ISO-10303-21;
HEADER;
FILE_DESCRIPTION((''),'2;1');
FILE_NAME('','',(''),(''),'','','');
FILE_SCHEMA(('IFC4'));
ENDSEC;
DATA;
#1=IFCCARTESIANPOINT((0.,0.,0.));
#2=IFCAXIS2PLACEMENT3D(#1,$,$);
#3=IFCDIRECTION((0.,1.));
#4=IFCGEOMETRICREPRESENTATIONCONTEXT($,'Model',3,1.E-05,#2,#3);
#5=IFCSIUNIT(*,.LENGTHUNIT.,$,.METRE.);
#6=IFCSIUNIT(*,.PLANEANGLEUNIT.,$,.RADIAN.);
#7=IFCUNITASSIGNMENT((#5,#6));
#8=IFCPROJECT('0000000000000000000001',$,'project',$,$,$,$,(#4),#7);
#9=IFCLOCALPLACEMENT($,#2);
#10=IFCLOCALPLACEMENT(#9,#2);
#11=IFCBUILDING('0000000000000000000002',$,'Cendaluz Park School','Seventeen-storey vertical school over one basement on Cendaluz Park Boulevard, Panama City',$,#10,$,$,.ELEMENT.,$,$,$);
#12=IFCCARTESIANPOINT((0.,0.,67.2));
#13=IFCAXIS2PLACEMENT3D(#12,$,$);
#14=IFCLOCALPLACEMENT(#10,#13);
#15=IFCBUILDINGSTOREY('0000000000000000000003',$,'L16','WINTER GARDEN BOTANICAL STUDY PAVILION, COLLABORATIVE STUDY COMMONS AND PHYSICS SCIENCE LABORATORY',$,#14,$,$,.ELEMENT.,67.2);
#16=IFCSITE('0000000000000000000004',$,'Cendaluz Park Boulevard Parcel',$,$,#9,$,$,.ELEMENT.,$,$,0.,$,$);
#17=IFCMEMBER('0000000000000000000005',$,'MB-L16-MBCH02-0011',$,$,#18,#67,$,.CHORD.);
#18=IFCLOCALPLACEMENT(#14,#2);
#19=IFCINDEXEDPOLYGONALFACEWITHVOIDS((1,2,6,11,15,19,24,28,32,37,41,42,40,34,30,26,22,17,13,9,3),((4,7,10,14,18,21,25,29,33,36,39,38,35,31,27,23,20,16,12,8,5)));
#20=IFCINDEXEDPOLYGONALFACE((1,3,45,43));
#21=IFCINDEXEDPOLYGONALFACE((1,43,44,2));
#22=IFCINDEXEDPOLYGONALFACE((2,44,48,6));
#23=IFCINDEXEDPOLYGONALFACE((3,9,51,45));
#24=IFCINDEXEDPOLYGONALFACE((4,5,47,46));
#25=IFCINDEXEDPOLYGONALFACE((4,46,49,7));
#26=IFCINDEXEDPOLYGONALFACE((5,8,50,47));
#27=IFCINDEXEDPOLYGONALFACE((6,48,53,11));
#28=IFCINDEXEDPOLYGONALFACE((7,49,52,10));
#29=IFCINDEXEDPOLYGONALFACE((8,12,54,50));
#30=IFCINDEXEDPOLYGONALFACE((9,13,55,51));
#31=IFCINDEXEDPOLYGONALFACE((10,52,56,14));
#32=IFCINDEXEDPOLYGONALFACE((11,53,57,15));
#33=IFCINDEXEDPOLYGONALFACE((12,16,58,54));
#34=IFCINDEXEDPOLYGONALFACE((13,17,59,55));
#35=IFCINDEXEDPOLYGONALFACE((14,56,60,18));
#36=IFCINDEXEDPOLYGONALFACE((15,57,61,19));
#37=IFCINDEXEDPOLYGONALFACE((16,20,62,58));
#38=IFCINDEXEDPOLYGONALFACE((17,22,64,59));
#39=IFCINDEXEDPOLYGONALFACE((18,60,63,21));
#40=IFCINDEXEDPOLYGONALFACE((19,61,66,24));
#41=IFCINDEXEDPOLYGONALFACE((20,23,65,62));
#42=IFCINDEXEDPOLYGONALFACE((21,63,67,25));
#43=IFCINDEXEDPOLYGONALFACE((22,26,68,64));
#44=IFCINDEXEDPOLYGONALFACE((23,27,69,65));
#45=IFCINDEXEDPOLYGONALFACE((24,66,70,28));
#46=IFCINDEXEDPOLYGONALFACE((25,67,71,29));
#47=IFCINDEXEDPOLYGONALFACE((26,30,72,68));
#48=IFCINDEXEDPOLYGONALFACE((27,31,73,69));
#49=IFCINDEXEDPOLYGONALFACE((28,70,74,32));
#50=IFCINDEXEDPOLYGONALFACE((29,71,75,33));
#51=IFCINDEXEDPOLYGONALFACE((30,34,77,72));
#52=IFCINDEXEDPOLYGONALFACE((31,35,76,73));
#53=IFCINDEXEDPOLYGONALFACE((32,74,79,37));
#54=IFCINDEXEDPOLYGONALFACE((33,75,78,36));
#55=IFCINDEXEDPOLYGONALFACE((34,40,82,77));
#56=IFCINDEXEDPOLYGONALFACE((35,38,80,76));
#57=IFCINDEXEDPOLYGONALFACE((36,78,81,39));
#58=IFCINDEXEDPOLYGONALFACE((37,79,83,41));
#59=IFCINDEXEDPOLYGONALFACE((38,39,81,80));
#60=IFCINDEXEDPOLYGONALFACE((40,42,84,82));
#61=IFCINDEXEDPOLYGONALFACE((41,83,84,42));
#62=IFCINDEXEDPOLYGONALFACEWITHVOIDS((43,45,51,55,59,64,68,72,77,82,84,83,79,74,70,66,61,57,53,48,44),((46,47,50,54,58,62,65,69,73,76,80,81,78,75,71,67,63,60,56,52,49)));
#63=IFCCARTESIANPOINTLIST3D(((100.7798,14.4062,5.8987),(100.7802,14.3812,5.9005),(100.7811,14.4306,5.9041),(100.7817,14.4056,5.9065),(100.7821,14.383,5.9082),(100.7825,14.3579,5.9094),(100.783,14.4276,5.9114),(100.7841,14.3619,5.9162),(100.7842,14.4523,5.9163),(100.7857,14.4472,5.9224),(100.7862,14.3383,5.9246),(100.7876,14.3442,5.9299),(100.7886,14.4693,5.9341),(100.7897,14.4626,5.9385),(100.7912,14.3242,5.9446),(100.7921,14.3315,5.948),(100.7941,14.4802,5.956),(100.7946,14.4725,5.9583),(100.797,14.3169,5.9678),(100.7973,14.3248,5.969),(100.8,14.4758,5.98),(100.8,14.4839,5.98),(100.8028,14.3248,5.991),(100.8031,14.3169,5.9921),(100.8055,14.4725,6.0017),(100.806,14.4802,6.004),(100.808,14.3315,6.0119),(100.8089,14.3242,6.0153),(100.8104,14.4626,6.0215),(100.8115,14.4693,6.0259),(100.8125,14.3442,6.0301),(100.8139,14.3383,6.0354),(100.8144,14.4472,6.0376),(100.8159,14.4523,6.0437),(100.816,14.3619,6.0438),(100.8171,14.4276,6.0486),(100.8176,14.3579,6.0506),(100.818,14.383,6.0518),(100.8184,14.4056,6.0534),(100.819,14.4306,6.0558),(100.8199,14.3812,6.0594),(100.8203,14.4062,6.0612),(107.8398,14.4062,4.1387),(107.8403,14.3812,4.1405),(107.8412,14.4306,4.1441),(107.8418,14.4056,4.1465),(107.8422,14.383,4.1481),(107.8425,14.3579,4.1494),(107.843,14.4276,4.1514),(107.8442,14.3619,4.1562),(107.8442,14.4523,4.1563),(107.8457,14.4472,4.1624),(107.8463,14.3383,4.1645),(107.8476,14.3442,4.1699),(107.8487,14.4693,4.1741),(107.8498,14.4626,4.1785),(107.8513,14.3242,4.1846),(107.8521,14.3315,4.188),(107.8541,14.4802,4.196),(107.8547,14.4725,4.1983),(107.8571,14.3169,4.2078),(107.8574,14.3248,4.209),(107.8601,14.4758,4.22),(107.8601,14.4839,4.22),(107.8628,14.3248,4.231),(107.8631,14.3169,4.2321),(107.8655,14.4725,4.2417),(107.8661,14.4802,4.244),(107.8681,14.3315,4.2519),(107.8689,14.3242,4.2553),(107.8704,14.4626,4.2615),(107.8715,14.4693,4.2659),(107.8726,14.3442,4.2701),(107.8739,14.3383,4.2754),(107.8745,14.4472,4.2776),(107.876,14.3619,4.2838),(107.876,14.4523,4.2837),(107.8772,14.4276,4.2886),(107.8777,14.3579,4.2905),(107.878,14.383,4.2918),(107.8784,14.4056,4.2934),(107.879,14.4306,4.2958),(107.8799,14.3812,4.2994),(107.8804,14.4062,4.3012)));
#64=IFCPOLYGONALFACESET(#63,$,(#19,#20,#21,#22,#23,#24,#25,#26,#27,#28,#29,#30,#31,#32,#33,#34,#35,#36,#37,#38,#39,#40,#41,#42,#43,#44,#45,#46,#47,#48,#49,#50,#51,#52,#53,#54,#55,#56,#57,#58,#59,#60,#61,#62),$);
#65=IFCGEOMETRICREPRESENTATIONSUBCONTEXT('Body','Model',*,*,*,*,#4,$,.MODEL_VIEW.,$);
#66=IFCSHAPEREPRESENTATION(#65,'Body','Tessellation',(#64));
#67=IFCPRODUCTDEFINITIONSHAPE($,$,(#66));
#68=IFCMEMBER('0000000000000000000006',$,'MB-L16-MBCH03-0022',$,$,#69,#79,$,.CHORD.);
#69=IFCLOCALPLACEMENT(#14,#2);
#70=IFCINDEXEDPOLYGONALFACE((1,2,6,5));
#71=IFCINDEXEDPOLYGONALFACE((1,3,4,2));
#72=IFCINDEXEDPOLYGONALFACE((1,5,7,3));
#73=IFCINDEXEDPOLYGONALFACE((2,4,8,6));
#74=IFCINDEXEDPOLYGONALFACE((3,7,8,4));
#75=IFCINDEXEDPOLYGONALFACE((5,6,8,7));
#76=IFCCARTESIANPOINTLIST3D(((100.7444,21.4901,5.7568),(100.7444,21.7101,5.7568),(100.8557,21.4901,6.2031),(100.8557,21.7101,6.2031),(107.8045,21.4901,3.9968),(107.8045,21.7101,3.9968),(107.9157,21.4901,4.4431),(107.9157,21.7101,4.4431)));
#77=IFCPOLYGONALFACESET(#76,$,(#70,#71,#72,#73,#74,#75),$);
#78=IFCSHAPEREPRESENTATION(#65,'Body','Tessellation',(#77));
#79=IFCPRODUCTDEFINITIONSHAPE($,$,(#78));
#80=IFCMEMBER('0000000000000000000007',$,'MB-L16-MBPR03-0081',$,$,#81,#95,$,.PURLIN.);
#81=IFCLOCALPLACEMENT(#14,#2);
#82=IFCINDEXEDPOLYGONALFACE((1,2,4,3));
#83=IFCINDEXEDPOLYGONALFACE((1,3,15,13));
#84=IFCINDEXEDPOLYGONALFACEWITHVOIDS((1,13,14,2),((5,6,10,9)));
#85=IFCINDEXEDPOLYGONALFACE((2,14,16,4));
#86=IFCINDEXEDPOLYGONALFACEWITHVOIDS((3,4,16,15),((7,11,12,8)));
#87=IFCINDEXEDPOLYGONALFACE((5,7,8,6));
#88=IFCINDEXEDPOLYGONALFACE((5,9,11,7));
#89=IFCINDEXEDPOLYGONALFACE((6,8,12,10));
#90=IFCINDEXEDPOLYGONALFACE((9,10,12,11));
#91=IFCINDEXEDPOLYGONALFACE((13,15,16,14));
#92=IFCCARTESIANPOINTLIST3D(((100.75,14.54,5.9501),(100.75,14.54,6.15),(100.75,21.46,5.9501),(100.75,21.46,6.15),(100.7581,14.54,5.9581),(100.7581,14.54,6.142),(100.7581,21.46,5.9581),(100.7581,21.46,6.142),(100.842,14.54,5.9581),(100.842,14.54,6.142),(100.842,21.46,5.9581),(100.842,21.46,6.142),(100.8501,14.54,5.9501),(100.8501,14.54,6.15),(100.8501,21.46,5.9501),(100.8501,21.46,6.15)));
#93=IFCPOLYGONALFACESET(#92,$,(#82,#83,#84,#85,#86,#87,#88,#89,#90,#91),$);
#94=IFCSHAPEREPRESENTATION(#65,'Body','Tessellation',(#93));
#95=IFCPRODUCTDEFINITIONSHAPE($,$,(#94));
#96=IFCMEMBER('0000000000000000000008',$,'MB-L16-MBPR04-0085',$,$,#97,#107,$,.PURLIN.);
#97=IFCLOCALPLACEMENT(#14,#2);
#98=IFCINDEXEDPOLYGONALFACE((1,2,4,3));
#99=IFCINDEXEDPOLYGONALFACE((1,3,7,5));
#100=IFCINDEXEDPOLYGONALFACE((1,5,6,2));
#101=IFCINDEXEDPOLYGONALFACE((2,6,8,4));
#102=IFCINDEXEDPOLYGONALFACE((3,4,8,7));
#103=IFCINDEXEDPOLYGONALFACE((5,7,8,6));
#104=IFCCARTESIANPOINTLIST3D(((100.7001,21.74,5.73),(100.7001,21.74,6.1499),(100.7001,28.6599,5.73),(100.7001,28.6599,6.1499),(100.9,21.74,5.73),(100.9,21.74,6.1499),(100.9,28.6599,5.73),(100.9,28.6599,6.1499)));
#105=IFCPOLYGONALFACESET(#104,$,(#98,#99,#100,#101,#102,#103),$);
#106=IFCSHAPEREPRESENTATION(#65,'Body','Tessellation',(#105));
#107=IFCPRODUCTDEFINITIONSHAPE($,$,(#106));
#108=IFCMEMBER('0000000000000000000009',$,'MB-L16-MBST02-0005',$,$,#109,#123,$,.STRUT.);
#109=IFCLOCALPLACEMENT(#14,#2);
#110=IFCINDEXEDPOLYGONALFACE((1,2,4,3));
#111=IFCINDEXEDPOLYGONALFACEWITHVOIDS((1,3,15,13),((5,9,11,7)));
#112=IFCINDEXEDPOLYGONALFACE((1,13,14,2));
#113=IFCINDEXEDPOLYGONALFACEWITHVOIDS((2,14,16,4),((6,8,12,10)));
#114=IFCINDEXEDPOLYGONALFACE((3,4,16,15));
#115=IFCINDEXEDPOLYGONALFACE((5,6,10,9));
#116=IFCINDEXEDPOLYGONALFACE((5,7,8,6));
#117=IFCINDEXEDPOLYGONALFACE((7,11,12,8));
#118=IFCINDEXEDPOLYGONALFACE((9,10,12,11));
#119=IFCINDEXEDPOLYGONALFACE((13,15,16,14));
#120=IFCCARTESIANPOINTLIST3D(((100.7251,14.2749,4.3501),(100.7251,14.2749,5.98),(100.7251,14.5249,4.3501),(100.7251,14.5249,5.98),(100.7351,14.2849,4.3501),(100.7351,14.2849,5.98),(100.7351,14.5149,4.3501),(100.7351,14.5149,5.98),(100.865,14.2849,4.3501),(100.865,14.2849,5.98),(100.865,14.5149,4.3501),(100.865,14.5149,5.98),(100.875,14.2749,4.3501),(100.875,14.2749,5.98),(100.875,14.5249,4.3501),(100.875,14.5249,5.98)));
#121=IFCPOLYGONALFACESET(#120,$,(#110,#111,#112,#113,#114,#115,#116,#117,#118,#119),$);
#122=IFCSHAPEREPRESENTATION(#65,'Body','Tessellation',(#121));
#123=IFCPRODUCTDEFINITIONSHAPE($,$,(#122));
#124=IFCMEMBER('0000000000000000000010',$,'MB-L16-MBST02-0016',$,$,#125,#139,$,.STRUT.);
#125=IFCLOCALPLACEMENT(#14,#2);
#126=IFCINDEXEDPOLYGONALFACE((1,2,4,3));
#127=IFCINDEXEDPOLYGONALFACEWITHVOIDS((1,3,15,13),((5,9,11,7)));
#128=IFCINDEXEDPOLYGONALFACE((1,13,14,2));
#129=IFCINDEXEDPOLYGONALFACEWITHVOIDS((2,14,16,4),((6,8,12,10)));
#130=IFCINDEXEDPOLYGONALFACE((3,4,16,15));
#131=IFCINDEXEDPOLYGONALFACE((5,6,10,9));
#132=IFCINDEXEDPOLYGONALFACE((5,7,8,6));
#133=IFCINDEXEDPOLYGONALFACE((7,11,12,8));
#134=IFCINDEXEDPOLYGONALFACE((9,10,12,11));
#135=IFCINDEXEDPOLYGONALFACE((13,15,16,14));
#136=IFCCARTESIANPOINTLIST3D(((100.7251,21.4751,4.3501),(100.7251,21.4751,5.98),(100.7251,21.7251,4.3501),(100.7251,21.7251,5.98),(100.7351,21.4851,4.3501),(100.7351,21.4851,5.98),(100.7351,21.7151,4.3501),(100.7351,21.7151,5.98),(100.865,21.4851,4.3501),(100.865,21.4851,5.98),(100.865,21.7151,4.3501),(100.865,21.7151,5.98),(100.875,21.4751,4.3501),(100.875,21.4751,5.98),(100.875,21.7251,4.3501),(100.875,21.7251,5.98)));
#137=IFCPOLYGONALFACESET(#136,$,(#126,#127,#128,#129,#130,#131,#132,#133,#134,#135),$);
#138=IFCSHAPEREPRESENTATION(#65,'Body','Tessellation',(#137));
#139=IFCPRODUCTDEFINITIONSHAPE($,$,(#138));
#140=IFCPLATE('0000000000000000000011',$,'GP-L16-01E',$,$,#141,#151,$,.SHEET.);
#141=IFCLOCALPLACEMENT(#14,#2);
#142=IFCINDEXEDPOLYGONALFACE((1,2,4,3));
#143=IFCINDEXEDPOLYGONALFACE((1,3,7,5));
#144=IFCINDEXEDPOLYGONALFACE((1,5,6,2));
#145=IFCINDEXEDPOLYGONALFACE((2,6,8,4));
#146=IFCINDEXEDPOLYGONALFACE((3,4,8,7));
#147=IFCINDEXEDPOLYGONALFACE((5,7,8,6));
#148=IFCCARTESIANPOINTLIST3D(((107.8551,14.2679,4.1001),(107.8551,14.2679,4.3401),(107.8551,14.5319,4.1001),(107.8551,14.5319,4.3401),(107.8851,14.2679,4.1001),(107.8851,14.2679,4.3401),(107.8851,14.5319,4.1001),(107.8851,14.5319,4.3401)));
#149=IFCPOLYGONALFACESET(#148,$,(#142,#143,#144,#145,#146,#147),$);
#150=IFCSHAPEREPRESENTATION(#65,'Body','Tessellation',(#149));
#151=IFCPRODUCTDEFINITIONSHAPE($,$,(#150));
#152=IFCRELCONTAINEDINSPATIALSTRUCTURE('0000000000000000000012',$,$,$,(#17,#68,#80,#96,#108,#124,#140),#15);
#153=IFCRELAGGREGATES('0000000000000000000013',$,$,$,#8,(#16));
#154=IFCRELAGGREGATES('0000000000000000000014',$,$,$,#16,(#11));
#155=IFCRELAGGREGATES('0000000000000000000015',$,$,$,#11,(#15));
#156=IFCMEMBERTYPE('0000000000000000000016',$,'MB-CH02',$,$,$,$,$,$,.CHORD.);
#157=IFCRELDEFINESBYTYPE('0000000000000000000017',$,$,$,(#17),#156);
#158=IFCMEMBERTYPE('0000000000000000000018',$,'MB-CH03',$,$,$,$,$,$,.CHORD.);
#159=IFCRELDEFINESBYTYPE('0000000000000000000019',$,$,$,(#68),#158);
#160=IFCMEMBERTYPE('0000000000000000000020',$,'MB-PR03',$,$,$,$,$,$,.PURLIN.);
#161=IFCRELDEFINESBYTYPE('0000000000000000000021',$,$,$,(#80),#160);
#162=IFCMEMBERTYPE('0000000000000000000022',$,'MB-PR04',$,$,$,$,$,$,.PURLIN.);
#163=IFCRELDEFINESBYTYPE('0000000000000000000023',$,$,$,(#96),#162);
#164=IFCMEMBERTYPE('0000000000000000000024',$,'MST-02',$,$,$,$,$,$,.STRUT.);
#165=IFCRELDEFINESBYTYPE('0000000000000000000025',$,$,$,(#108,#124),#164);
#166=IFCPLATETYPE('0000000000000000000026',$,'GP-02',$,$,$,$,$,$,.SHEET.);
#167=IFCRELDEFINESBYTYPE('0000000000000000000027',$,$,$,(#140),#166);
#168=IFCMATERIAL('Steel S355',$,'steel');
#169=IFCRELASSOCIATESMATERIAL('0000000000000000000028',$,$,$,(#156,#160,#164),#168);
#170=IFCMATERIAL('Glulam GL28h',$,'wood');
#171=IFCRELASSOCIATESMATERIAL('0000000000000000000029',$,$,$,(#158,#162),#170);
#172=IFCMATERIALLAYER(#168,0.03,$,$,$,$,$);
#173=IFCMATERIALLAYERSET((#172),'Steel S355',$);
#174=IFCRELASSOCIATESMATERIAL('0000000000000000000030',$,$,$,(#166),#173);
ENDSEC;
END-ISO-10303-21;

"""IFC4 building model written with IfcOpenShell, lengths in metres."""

from ifc_helpers import new_model, si_unit, direction, frame, origin, origin_2d, place, context, subcontext, project, spatial, rectangle, hollow_rectangle, hollow_circle, extrude, material, layer, layer_set, material_profile, profile_set, type_object, element, save


model = new_model("IFC4")

# Units and contexts
model_context = context("Model", 3, precision=1e-05, world=origin(), true_north=direction((0.0, 1.0)))
body_context = subcontext(model_context, "Body", "Model", "MODEL_VIEW")
ifc_project = project(units=[si_unit("LENGTHUNIT", "METRE"), si_unit("PLANEANGLEUNIT", "RADIAN")], contexts=[model_context])

# Site, building, storey
site_placement = place(None, origin())
site = spatial("IfcSite", under=ifc_project, at=site_placement, Name="Cendaluz Park Boulevard Parcel", CompositionType="ELEMENT", RefElevation=0.0)
building_placement = place(site_placement, origin())
building = spatial("IfcBuilding", under=site, at=building_placement, Name="Cendaluz Park School", Description="Seventeen-storey vertical school over one basement on Cendaluz Park Boulevard, Panama City", CompositionType="ELEMENT")
storey_placement = place(building_placement, frame((0.0, 0.0, 67.2)))
storey = spatial("IfcBuildingStorey", under=building, at=storey_placement, Name="L16", Description="WINTER GARDEN BOTANICAL STUDY PAVILION, COLLABORATIVE STUDY COMMONS AND PHYSICS SCIENCE LABORATORY", CompositionType="ELEMENT", Elevation=67.2)

# Shared definitions
ifc_material_1 = material(Name="Steel S355", Category="steel")

# Members
ifc_material_profile_1 = material_profile(ifc_material_1, hollow_circle(Radius=0.084, WallThickness=0.0081, at=origin_2d()), Name="CHS 168x8", Category="steel")
ifc_profile_set_1 = profile_set([ifc_material_profile_1], Name="Steel S355")
member_type_1 = type_object("IfcMemberType", Name="MB-CH02", PredefinedType="CHORD", material=ifc_profile_set_1)
member_1_placement = place(storey_placement, frame((100.8, 14.3999, 5.98), z_axis=(0.970304, 0.0, -0.241888), x_axis=(0.0, 1.0, 0.0)))
element("IfcMember", 1, at=member_1_placement, inside=storey, type_object=member_type_1, Name="MB-L16-MBCH02-0011", PredefinedType="CHORD", context=body_context, shape_type="SweptSolid", body=[
    extrude(hollow_circle(Radius=0.084, WallThickness=0.0081, at=origin_2d()), origin(), (0.0, 0.0, 1.0), 7.2761),
])
ifc_material_2 = material(Name="Glulam GL28h", Category="wood")
ifc_material_profile_2 = material_profile(ifc_material_2, rectangle(XDim=0.22, YDim=0.46, at=origin_2d()), Name="GL28h 220x460", Category="wood")
ifc_profile_set_2 = profile_set([ifc_material_profile_2], Name="Glulam GL28h")
member_type_2 = type_object("IfcMemberType", Name="MB-CH03", PredefinedType="CHORD", material=ifc_profile_set_2)
member_2_placement = place(storey_placement, frame((100.8, 21.6001, 5.98), z_axis=(0.970304, 0.0, -0.241888), x_axis=(0.0, 1.0, 0.0)))
element("IfcMember", 2, at=member_2_placement, inside=storey, type_object=member_type_2, Name="MB-L16-MBCH03-0022", PredefinedType="CHORD", context=body_context, shape_type="SweptSolid", body=[
    extrude(rectangle(XDim=0.22, YDim=0.46, at=origin_2d()), origin(), (0.0, 0.0, 1.0), 7.2761),
])
ifc_material_profile_3 = material_profile(ifc_material_1, hollow_rectangle(XDim=0.1001, YDim=0.2, WallThickness=0.0081, at=origin_2d()), Name="RHS 200x100x8", Category="steel")
ifc_profile_set_3 = profile_set([ifc_material_profile_3], Name="Steel S355")
member_type_3 = type_object("IfcMemberType", Name="MB-PR03", PredefinedType="PURLIN", material=ifc_profile_set_3)
member_3_placement = place(storey_placement, frame((100.8, 14.54, 6.05), z_axis=(0.0, 1.0, 0.0), x_axis=(-1.0, 0.0, 0.0)))
element("IfcMember", 3, at=member_3_placement, inside=storey, type_object=member_type_3, Name="MB-L16-MBPR03-0081", PredefinedType="PURLIN", context=body_context, shape_type="SweptSolid", body=[
    extrude(hollow_rectangle(XDim=0.1001, YDim=0.2, WallThickness=0.0081, at=origin_2d()), origin(), (0.0, 0.0, 1.0), 6.9199),
])
ifc_material_profile_4 = material_profile(ifc_material_2, rectangle(XDim=0.2, YDim=0.4199, at=origin_2d()), Name="GL28h 200x420", Category="wood")
ifc_profile_set_4 = profile_set([ifc_material_profile_4], Name="Glulam GL28h")
member_type_4 = type_object("IfcMemberType", Name="MB-PR04", PredefinedType="PURLIN", material=ifc_profile_set_4)
member_4_placement = place(storey_placement, frame((100.8, 21.74, 5.9399), z_axis=(0.0, 1.0, 0.0), x_axis=(-1.0, 0.0, 0.0)))
element("IfcMember", 4, at=member_4_placement, inside=storey, type_object=member_type_4, Name="MB-L16-MBPR04-0085", PredefinedType="PURLIN", context=body_context, shape_type="SweptSolid", body=[
    extrude(rectangle(XDim=0.2, YDim=0.4199, at=origin_2d()), origin(), (0.0, 0.0, 1.0), 6.9199),
])
ifc_material_profile_5 = material_profile(ifc_material_1, hollow_rectangle(XDim=0.1499, YDim=0.25, WallThickness=0.01, at=origin_2d()), Name="RHS 250x150x10", Category="steel")
ifc_profile_set_5 = profile_set([ifc_material_profile_5], Name="Steel S355")
member_type_5 = type_object("IfcMemberType", Name="MST-02", PredefinedType="STRUT", material=ifc_profile_set_5)
for number, where, z_axis, x_axis, name in (
    (5, (100.8, 14.3999, 4.3501), (0.0, 0.0, 1.0), (1.0, 0.0, 0.0), "MB-L16-MBST02-0005"),
    (6, (100.8, 21.6001, 4.3501), (0.0, 0.0, 1.0), (1.0, 0.0, 0.0), "MB-L16-MBST02-0016"),
):
    element("IfcMember", number, at=place(storey_placement, frame(where, z_axis=z_axis, x_axis=x_axis)), inside=storey, type_object=member_type_5, Name=name, PredefinedType="STRUT", context=body_context, shape_type="SweptSolid", body=[
        extrude(hollow_rectangle(XDim=0.1499, YDim=0.25, WallThickness=0.01, at=origin_2d()), origin(), (0.0, 0.0, 1.0), 1.6299),
    ])

# Plate
ifc_layer_1 = layer(ifc_material_1, 0.03)
ifc_layer_set_1 = layer_set([ifc_layer_1], Name="Steel S355")
plate_type = type_object("IfcPlateType", Name="GP-02", PredefinedType="SHEET", material=ifc_layer_set_1)
plate_placement = place(storey_placement, frame((107.8701, 14.3999, 4.1001), z_axis=(0.0, 0.0, 1.0), x_axis=(1.0, 0.0, 0.0)))
element("IfcPlate", 7, at=plate_placement, inside=storey, type_object=plate_type, Name="GP-L16-01E", PredefinedType="SHEET", context=body_context, shape_type="SweptSolid", body=[
    extrude(rectangle(XDim=0.03, YDim=0.2639, at=origin_2d()), origin(), (0.0, 0.0, 1.0), 0.24),
])

save(model, "model.ifc")
